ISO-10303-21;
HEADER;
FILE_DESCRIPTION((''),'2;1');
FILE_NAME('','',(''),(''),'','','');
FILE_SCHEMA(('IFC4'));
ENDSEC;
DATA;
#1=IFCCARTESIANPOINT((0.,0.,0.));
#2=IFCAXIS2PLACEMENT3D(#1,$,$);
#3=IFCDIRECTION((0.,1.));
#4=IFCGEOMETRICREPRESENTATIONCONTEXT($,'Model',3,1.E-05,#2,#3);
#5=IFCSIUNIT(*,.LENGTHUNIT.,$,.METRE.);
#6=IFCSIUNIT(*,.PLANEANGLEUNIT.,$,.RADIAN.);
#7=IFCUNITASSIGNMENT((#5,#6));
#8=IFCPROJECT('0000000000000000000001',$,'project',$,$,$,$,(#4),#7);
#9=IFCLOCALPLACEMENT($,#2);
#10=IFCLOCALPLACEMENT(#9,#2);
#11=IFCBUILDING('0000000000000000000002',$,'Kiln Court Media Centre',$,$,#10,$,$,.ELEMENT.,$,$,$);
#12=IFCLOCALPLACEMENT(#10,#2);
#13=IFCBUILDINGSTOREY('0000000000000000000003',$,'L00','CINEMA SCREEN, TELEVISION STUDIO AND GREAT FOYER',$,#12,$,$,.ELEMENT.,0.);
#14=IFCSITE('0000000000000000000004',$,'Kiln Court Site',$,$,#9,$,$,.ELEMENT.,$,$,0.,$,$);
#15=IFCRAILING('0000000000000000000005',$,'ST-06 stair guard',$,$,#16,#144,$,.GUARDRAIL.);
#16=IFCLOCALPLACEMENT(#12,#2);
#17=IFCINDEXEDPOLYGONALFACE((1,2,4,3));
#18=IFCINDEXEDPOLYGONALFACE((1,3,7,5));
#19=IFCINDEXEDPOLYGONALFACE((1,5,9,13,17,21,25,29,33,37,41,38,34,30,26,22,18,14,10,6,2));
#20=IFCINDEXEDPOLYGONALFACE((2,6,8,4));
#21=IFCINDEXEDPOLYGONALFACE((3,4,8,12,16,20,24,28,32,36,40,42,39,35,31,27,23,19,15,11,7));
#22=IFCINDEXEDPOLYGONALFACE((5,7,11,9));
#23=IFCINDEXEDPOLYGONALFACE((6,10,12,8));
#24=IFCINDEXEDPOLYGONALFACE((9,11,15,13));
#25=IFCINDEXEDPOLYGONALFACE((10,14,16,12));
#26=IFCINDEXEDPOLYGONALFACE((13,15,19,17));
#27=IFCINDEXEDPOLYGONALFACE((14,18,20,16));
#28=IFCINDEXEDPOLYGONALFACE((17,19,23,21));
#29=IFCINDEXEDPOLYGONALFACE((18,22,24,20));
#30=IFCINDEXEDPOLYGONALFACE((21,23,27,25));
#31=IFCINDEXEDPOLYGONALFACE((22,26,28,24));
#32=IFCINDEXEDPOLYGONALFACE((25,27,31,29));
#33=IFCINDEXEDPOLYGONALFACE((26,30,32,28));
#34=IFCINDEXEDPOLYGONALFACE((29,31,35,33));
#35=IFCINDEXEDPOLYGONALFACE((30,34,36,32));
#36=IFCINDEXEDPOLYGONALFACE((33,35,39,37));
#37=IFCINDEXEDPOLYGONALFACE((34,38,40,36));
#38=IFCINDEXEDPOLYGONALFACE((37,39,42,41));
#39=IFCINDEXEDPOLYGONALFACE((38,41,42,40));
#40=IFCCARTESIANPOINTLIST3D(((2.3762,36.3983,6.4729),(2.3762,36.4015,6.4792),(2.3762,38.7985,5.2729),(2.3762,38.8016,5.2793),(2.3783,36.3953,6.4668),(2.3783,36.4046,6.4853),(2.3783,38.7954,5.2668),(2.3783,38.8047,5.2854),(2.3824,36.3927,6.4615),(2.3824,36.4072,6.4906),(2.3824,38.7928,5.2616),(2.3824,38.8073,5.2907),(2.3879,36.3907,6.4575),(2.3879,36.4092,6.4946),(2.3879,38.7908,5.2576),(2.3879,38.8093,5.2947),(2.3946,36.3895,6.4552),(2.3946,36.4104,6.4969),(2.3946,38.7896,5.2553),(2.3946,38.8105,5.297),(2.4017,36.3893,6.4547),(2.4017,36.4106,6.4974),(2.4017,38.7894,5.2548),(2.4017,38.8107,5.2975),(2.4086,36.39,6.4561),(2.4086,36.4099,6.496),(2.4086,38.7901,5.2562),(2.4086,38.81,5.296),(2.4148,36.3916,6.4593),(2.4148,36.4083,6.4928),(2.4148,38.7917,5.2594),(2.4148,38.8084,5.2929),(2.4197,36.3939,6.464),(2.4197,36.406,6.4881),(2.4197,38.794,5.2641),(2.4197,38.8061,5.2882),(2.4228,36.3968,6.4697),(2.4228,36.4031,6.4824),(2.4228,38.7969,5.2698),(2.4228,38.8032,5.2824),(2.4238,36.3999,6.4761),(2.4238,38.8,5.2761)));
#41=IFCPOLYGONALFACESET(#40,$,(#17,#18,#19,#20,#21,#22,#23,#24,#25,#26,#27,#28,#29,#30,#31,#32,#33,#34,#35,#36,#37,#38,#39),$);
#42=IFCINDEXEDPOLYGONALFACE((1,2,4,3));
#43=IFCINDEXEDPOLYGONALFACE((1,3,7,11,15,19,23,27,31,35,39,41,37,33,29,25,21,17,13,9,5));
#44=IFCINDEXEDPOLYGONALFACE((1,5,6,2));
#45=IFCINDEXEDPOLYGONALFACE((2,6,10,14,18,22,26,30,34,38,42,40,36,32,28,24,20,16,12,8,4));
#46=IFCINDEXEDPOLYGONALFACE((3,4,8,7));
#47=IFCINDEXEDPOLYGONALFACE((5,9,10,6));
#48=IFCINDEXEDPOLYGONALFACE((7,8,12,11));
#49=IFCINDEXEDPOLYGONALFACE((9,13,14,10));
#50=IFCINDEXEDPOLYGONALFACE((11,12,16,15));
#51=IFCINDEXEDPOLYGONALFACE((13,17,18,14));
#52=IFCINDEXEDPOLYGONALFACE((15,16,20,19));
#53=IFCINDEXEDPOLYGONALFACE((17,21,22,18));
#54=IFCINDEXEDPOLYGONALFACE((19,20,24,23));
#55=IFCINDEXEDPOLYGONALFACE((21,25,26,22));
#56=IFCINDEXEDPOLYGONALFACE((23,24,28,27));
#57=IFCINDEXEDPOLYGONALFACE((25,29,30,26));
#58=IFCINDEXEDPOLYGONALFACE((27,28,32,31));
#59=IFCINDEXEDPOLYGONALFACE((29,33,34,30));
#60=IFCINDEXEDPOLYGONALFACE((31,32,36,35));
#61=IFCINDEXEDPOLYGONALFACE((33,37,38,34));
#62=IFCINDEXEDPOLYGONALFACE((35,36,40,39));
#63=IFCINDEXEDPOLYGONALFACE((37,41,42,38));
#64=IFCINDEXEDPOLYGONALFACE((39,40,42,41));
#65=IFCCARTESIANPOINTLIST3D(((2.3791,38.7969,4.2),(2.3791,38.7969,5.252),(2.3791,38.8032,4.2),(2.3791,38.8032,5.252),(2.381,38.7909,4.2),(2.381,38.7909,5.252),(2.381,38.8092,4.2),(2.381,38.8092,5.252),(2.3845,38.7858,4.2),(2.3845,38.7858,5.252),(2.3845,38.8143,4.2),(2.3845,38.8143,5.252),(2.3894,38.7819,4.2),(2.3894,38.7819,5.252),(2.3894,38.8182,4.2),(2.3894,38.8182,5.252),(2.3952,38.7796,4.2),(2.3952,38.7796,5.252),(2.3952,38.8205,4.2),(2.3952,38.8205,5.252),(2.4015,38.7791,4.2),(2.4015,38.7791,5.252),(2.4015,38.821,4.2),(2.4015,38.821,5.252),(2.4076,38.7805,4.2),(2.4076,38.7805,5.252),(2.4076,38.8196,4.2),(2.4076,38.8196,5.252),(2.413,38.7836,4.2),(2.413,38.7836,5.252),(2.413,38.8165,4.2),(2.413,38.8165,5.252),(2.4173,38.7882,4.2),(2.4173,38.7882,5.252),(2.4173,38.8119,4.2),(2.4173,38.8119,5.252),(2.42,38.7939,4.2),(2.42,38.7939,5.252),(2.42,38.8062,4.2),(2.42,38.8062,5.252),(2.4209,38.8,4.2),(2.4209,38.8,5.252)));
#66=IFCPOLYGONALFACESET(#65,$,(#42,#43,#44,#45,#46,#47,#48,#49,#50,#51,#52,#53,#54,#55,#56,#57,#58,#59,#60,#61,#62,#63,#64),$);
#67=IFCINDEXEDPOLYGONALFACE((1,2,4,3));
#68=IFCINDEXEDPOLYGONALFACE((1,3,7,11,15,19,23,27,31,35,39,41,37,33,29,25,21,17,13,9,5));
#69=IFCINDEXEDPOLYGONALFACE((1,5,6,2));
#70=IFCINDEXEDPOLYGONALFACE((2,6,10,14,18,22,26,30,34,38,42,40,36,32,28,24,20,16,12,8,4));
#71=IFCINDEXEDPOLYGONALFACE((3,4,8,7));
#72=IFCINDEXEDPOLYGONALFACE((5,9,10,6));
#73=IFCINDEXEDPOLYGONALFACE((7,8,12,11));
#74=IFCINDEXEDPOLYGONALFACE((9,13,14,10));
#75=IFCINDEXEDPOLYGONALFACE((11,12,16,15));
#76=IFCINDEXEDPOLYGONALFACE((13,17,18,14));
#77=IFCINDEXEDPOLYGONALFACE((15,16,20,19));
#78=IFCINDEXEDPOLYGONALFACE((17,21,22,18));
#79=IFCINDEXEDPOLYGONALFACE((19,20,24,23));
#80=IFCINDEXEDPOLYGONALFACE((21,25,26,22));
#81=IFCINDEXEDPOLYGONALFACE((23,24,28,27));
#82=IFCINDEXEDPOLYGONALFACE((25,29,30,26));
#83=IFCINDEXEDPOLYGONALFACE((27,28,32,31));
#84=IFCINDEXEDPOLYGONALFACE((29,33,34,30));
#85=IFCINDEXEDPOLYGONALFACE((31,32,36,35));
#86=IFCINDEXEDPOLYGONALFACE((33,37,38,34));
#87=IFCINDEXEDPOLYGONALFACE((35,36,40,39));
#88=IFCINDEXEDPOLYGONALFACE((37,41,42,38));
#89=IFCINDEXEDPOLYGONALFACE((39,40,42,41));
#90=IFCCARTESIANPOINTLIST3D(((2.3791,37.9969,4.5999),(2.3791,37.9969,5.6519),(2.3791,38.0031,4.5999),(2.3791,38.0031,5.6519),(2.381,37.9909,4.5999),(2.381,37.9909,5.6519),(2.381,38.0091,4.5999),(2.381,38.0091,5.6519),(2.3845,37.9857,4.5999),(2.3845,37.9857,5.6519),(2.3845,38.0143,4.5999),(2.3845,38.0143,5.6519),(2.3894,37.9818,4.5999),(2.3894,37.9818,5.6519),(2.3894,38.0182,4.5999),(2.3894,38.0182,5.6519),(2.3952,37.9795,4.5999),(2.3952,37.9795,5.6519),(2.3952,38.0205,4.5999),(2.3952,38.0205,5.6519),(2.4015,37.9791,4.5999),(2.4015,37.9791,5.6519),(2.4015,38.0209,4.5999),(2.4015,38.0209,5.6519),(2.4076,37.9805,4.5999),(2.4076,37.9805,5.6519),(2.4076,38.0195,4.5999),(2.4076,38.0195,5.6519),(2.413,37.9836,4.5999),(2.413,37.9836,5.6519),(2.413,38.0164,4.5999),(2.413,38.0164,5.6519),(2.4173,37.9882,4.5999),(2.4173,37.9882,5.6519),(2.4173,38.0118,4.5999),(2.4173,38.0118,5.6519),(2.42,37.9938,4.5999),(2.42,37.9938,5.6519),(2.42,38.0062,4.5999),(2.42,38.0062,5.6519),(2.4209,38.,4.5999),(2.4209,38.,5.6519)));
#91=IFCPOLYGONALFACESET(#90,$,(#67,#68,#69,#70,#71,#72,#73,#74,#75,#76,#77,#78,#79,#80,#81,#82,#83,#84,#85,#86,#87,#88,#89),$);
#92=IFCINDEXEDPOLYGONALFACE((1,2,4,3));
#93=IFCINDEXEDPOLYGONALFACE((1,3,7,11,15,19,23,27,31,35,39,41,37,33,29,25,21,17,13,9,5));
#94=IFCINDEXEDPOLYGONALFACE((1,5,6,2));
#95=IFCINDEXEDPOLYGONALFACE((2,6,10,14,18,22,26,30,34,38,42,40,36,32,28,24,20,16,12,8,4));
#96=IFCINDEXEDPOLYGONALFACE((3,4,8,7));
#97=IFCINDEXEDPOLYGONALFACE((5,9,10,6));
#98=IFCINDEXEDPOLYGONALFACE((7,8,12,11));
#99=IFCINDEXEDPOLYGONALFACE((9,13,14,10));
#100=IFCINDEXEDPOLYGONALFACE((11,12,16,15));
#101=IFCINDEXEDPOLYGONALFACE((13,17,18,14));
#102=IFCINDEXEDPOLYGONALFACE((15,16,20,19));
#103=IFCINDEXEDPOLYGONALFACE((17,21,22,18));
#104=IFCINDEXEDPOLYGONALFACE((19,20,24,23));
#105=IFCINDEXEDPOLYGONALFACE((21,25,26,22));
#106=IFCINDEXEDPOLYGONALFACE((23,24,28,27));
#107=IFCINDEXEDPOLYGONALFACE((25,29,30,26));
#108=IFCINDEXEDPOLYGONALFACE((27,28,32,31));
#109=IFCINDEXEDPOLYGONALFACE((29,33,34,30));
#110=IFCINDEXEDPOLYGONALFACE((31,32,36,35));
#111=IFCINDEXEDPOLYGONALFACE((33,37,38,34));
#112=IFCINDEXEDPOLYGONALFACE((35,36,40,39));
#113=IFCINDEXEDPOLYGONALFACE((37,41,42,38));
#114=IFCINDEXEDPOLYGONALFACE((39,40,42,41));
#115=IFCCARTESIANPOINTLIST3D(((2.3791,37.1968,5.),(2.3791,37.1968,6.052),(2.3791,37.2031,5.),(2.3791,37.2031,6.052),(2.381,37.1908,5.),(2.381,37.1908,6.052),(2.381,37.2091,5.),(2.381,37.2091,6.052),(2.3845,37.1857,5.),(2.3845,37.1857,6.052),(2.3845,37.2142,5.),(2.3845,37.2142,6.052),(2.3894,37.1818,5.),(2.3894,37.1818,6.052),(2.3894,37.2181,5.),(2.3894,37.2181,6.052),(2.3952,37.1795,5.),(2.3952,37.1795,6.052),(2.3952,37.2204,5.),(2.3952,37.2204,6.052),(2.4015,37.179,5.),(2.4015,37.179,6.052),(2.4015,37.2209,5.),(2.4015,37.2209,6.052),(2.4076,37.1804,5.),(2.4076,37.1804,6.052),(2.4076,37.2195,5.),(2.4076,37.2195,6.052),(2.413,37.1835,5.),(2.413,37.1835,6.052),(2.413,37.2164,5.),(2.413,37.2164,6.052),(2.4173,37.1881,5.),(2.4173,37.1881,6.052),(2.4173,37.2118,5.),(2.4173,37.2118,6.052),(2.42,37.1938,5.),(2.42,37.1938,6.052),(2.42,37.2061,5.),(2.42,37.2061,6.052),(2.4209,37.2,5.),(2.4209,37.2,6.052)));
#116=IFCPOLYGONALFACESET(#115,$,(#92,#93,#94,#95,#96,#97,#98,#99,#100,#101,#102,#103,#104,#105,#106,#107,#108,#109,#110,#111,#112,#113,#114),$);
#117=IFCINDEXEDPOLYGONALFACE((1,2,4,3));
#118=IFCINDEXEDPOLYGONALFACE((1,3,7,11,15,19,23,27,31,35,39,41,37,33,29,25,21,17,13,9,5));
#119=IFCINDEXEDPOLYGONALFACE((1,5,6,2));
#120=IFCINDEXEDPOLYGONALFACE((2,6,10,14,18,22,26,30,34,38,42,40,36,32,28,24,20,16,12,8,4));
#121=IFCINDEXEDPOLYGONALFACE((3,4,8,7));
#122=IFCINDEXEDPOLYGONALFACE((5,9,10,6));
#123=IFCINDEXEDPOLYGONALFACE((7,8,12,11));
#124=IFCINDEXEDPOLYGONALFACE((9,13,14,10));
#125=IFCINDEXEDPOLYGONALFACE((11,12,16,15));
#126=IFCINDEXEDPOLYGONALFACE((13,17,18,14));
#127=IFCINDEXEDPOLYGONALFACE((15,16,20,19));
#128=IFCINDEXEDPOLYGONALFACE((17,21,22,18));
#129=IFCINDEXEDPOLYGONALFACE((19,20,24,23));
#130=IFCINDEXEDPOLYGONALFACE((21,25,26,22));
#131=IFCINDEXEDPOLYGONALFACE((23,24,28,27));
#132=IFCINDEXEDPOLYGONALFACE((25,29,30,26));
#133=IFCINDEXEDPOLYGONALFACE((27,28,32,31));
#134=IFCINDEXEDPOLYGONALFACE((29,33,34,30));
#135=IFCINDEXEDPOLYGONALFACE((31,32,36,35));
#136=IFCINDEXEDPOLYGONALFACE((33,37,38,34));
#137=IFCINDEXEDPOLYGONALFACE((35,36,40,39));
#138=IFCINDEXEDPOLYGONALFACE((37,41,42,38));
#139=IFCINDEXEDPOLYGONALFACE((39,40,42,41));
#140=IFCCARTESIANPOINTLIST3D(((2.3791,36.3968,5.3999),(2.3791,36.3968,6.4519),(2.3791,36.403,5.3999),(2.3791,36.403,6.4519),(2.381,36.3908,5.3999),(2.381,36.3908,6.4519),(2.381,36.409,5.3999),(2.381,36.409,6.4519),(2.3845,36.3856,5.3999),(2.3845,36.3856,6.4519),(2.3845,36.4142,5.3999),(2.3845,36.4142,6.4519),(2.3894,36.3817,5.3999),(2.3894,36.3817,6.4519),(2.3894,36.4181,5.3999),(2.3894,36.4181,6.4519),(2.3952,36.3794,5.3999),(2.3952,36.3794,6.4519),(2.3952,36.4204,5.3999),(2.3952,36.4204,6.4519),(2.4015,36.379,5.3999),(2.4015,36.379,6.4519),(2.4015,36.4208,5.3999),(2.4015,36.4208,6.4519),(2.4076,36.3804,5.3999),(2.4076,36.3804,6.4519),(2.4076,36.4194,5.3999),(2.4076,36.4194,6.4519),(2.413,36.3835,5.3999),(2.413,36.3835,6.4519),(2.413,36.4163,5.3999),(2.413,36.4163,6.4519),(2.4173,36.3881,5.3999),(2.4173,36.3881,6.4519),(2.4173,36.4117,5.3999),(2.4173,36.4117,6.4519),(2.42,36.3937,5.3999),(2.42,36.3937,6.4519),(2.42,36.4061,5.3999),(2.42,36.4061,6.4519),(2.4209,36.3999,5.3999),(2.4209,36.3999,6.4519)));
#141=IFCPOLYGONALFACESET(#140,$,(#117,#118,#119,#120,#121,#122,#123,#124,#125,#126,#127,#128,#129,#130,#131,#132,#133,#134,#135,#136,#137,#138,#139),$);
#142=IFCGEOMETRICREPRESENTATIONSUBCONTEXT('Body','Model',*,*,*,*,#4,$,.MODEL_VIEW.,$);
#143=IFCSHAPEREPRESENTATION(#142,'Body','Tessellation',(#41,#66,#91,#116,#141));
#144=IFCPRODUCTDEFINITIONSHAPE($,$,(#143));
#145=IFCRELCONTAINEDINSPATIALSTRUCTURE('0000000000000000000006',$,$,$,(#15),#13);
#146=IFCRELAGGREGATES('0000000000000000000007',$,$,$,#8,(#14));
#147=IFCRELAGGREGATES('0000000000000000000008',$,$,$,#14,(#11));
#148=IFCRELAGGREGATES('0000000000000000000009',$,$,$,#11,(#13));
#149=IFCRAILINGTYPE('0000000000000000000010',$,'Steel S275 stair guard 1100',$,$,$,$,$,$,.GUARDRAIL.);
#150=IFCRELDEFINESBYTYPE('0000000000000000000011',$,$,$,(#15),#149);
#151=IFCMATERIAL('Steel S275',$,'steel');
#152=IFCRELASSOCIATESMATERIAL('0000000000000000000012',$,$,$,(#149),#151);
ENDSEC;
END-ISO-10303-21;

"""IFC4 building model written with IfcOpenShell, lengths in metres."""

from ifc_helpers import new_model, si_unit, direction, frame, origin, origin_2d, place, context, subcontext, project, spatial, circle, extrude, material, type_object, element, save


model = new_model("IFC4")

# Units and contexts
model_context = context("Model", 3, precision=1e-05, world=origin(), true_north=direction((0.0, 1.0)))
body_context = subcontext(model_context, "Body", "Model", "MODEL_VIEW")
ifc_project = project(units=[si_unit("LENGTHUNIT", "METRE"), si_unit("PLANEANGLEUNIT", "RADIAN")], contexts=[model_context])

# Site, building, storey
site_placement = place(None, origin())
site = spatial("IfcSite", under=ifc_project, at=site_placement, Name="Kiln Court Site", CompositionType="ELEMENT", RefElevation=0.0)
building_placement = place(site_placement, origin())
building = spatial("IfcBuilding", under=site, at=building_placement, Name="Kiln Court Media Centre", CompositionType="ELEMENT")
storey_placement = place(building_placement, origin())
storey = spatial("IfcBuildingStorey", under=building, at=storey_placement, Name="L00", Description="CINEMA SCREEN, TELEVISION STUDIO AND GREAT FOYER", CompositionType="ELEMENT", Elevation=0.0)

# Railing
ifc_material_1 = material(Name="Steel S275", Category="steel")
railing_type_1 = type_object("IfcRailingType", Name="Steel S275 stair guard 1100", PredefinedType="GUARDRAIL", material=ifc_material_1)
railing_1_placement = place(storey_placement, frame((2.3999, 38.8, 4.2)))
element("IfcRailing", 1, at=railing_1_placement, inside=storey, type_object=railing_type_1, Name="ST-06 stair guard", PredefinedType="GUARDRAIL", context=body_context, shape_type="SweptSolid", body=[
    extrude(circle(Radius=0.0239, at=origin_2d()), frame((0.0, 0.0, 1.0762), z_axis=(0.0, -0.894445, 0.447177), x_axis=(1.0, 0.0, 0.0)), (0.0, 0.0, 1.0), 2.6833),
    extrude(circle(Radius=0.021, at=origin_2d()), origin(), (0.0, 0.0, 1.0), 1.052),
    extrude(circle(Radius=0.021, at=origin_2d()), frame((0.0, -0.8, 0.3999)), (0.0, 0.0, 1.0), 1.052),
    extrude(circle(Radius=0.021, at=origin_2d()), frame((0.0, -1.6001, 0.8)), (0.0, 0.0, 1.0), 1.052),
    extrude(circle(Radius=0.021, at=origin_2d()), frame((0.0, -2.4001, 1.2)), (0.0, 0.0, 1.0), 1.052),
])

save(model, "model.ifc")
